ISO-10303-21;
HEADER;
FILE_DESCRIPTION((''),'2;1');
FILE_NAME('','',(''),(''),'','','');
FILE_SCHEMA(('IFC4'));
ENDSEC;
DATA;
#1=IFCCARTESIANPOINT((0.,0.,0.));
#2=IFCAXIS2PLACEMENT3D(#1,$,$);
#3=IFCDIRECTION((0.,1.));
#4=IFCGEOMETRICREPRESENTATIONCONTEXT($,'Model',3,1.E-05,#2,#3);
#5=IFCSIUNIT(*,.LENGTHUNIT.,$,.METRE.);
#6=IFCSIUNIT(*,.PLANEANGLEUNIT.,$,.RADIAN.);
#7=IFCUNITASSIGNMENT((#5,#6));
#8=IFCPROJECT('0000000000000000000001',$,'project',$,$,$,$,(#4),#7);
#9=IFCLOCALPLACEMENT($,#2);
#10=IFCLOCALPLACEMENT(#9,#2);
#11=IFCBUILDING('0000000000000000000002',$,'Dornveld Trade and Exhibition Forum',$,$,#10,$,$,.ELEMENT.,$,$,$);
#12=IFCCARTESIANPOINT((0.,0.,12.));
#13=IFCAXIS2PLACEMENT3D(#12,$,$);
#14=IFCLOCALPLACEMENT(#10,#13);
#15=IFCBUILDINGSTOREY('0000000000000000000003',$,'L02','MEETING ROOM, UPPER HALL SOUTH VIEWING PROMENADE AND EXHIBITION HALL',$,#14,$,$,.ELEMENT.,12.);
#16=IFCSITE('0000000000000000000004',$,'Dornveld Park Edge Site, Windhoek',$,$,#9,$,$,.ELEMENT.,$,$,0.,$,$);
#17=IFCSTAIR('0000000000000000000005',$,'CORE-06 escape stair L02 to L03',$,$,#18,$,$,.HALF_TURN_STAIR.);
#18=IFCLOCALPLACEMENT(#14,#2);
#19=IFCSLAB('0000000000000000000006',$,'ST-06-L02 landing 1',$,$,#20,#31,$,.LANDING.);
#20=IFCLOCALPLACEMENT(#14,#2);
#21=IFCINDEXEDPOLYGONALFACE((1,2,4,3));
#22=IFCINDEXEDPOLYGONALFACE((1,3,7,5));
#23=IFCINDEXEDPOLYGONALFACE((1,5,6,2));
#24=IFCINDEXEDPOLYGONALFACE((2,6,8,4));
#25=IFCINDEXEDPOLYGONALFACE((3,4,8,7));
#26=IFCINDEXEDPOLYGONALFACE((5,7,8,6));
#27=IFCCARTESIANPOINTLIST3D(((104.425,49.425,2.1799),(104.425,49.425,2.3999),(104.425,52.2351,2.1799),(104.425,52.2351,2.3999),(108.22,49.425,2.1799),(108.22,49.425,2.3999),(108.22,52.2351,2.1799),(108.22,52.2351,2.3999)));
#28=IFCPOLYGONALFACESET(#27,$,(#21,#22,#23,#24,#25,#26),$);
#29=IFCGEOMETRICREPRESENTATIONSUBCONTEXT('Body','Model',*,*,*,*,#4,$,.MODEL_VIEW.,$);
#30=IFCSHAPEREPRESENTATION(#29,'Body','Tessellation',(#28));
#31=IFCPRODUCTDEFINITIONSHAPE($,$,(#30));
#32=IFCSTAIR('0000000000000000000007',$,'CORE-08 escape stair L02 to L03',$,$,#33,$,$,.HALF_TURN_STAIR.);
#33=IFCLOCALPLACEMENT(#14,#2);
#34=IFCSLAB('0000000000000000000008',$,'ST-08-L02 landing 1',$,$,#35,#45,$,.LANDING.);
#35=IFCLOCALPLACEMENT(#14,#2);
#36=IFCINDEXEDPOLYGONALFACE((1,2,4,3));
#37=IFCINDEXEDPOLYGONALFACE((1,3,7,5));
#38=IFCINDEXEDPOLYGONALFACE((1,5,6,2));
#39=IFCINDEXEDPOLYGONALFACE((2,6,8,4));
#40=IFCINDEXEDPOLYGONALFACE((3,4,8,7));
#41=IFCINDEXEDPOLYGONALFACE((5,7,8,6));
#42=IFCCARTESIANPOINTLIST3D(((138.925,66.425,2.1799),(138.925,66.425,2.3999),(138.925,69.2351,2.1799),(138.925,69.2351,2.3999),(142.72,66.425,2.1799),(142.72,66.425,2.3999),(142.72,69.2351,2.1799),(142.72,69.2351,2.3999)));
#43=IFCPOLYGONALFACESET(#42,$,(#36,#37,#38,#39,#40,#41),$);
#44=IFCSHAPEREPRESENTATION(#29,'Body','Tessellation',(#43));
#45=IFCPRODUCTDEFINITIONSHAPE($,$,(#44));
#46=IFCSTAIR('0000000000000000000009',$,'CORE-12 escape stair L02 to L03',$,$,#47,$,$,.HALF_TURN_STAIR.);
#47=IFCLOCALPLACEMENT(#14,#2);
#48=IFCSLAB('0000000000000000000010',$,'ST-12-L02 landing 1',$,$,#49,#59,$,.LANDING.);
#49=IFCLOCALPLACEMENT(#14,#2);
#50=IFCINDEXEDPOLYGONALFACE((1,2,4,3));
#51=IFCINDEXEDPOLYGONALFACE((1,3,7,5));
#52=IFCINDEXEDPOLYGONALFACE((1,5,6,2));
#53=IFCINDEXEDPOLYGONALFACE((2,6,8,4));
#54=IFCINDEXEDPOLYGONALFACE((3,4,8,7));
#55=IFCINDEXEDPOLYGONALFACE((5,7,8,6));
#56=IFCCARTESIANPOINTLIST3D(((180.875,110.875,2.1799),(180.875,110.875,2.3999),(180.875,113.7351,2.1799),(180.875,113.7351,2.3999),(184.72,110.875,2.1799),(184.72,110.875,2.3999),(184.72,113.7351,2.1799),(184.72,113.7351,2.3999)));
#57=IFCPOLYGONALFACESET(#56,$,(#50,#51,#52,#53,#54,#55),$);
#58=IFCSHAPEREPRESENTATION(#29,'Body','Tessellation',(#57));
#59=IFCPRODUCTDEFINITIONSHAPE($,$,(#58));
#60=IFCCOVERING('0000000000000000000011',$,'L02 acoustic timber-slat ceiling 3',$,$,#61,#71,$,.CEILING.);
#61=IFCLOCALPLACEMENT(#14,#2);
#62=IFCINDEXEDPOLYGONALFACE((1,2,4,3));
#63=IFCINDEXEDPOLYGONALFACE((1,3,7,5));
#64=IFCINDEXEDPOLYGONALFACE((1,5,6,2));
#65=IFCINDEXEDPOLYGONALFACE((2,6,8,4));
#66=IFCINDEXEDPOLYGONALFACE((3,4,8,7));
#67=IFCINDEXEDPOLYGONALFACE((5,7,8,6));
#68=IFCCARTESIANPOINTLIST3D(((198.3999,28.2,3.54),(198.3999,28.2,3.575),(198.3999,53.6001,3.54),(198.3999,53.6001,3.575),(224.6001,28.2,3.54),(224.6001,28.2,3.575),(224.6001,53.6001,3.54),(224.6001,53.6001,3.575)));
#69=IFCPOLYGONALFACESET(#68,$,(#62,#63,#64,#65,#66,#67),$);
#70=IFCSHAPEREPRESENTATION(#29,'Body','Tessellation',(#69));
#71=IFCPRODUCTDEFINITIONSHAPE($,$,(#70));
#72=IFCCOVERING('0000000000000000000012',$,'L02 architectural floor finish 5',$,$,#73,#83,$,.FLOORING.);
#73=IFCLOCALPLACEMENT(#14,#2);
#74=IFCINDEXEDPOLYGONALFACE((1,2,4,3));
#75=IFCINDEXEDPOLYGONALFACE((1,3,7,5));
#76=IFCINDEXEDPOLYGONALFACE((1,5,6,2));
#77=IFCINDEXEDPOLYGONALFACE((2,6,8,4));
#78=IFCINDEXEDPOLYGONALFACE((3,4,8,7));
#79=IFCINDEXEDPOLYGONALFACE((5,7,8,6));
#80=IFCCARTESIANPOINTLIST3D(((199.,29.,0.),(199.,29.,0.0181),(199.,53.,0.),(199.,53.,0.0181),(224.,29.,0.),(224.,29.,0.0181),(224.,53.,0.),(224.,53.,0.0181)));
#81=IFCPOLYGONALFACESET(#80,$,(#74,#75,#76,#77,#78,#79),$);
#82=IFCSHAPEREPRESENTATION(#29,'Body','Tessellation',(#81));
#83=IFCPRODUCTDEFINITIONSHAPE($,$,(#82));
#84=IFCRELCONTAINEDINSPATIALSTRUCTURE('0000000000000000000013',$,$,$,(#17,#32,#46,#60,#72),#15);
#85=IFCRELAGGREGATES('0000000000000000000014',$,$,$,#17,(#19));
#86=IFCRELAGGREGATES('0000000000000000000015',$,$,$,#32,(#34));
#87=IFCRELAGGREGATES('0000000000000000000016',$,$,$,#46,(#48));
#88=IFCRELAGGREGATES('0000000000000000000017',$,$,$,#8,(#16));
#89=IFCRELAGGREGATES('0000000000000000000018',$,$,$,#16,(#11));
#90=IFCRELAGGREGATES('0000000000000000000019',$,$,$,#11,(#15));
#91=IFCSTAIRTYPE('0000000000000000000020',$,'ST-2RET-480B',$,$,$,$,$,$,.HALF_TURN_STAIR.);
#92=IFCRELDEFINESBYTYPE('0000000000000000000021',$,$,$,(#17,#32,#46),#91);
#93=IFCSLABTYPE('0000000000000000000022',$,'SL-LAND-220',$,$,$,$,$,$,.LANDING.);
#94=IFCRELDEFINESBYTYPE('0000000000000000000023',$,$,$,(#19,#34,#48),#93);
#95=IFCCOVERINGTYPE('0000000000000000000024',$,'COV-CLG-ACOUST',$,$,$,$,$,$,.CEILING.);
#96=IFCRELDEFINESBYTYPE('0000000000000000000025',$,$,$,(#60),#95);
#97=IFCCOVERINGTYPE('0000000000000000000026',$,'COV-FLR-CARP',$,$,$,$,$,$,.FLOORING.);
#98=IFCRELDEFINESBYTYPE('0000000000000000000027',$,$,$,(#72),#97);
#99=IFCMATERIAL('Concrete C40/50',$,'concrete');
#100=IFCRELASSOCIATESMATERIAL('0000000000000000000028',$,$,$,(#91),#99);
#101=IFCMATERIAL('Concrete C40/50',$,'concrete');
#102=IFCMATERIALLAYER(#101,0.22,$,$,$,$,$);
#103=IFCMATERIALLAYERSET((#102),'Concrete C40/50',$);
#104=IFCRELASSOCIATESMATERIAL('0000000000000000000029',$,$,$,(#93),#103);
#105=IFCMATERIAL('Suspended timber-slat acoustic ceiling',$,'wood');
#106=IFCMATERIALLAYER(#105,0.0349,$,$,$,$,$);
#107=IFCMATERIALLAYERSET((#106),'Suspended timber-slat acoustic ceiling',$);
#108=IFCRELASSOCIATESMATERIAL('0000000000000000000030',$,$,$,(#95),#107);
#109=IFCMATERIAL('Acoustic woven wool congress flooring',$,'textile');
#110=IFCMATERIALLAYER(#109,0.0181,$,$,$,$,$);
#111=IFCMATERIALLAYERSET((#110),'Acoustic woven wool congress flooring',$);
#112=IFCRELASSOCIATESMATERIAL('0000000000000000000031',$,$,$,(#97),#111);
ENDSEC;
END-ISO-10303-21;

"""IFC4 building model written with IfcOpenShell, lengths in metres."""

from ifc_helpers import new_model, si_unit, direction, frame, origin, place, context, subcontext, project, spatial, polyline, outline, extrude, material, layer, layer_set, type_object, element, aggregate, save


model = new_model("IFC4")

# Units and contexts
model_context = context("Model", 3, precision=1e-05, world=origin(), true_north=direction((0.0, 1.0)))
body_context = subcontext(model_context, "Body", "Model", "MODEL_VIEW")
ifc_project = project(units=[si_unit("LENGTHUNIT", "METRE"), si_unit("PLANEANGLEUNIT", "RADIAN")], contexts=[model_context])

# Site, building, storey
site_placement = place(None, origin())
site = spatial("IfcSite", under=ifc_project, at=site_placement, Name="Dornveld Park Edge Site, Windhoek", CompositionType="ELEMENT", RefElevation=0.0)
building_placement = place(site_placement, origin())
building = spatial("IfcBuilding", under=site, at=building_placement, Name="Dornveld Trade and Exhibition Forum", CompositionType="ELEMENT")
storey_placement = place(building_placement, frame((0.0, 0.0, 12.0)))
storey = spatial("IfcBuildingStorey", under=building, at=storey_placement, Name="L02", Description="MEETING ROOM, UPPER HALL SOUTH VIEWING PROMENADE AND EXHIBITION HALL", CompositionType="ELEMENT", Elevation=12.0)

# Stairs, slabs
ifc_material_1 = material(Name="Concrete C40/50", Category="concrete")
stair_type_1 = type_object("IfcStairType", Name="ST-2RET-480B", PredefinedType="HALF_TURN_STAIR", material=ifc_material_1)
ifc_material_2 = material(Name="Concrete C40/50", Category="concrete")
ifc_layer_1 = layer(ifc_material_2, 0.22)
ifc_layer_set_1 = layer_set([ifc_layer_1], Name="Concrete C40/50")
slab_type_1 = type_object("IfcSlabType", Name="SL-LAND-220", PredefinedType="LANDING", material=ifc_layer_set_1)
stair_1_placement = place(storey_placement, origin())
stair_1 = element("IfcStair", 1, at=stair_1_placement, inside=storey, type_object=stair_type_1, Name="CORE-06 escape stair L02 to L03", PredefinedType="HALF_TURN_STAIR")
slab_1_placement = place(storey_placement, frame((0.0, 0.0, 2.1799)))
slab_1 = element("IfcSlab", 2, at=slab_1_placement, type_object=slab_type_1, Name="ST-06-L02 landing 1", PredefinedType="LANDING", context=body_context, shape_type="SweptSolid", body=[
    extrude(outline(polyline([(104.425, 49.425), (108.22, 49.425), (108.22, 52.2351), (104.425, 52.2351), (104.425, 49.425)])), origin(), (0.0, 0.0, 1.0), 0.22),
])
aggregate(stair_1, [slab_1])
stair_2_placement = place(storey_placement, origin())
stair_2 = element("IfcStair", 3, at=stair_2_placement, inside=storey, type_object=stair_type_1, Name="CORE-08 escape stair L02 to L03", PredefinedType="HALF_TURN_STAIR")
slab_2_placement = place(storey_placement, frame((0.0, 0.0, 2.1799)))
slab_2 = element("IfcSlab", 4, at=slab_2_placement, type_object=slab_type_1, Name="ST-08-L02 landing 1", PredefinedType="LANDING", context=body_context, shape_type="SweptSolid", body=[
    extrude(outline(polyline([(138.925, 66.425), (142.72, 66.425), (142.72, 69.2351), (138.925, 69.2351), (138.925, 66.425)])), origin(), (0.0, 0.0, 1.0), 0.22),
])
aggregate(stair_2, [slab_2])
stair_3_placement = place(storey_placement, origin())
stair_3 = element("IfcStair", 5, at=stair_3_placement, inside=storey, type_object=stair_type_1, Name="CORE-12 escape stair L02 to L03", PredefinedType="HALF_TURN_STAIR")
slab_3_placement = place(storey_placement, frame((0.0, 0.0, 2.1799)))
slab_3 = element("IfcSlab", 6, at=slab_3_placement, type_object=slab_type_1, Name="ST-12-L02 landing 1", PredefinedType="LANDING", context=body_context, shape_type="SweptSolid", body=[
    extrude(outline(polyline([(180.875, 110.875), (184.72, 110.875), (184.72, 113.7351), (180.875, 113.7351), (180.875, 110.875)])), origin(), (0.0, 0.0, 1.0), 0.22),
])
aggregate(stair_3, [slab_3])

# Coverings
ifc_material_3 = material(Name="Suspended timber-slat acoustic ceiling", Category="wood")
ifc_layer_2 = layer(ifc_material_3, 0.0349)
ifc_layer_set_2 = layer_set([ifc_layer_2], Name="Suspended timber-slat acoustic ceiling")
covering_type_1 = type_object("IfcCoveringType", Name="COV-CLG-ACOUST", PredefinedType="CEILING", material=ifc_layer_set_2)
covering_1_placement = place(storey_placement, frame((0.0, 0.0, 3.54)))
element("IfcCovering", 7, at=covering_1_placement, inside=storey, type_object=covering_type_1, Name="L02 acoustic timber-slat ceiling 3", PredefinedType="CEILING", context=body_context, shape_type="SweptSolid", body=[
    extrude(outline(polyline([(198.3999, 28.2), (224.6001, 28.2), (224.6001, 53.6001), (198.3999, 53.6001), (198.3999, 28.2)])), origin(), (0.0, 0.0, 1.0), 0.0349),
])
ifc_material_4 = material(Name="Acoustic woven wool congress flooring", Category="textile")
ifc_layer_3 = layer(ifc_material_4, 0.0181)
ifc_layer_set_3 = layer_set([ifc_layer_3], Name="Acoustic woven wool congress flooring")
covering_type_2 = type_object("IfcCoveringType", Name="COV-FLR-CARP", PredefinedType="FLOORING", material=ifc_layer_set_3)
covering_2_placement = place(storey_placement, origin())
element("IfcCovering", 8, at=covering_2_placement, inside=storey, type_object=covering_type_2, Name="L02 architectural floor finish 5", PredefinedType="FLOORING", context=body_context, shape_type="SweptSolid", body=[
    extrude(outline(polyline([(199.0, 29.0), (224.0, 29.0), (224.0, 53.0), (199.0, 53.0), (199.0, 29.0)])), origin(), (0.0, 0.0, 1.0), 0.0181),
])

save(model, "model.ifc")
